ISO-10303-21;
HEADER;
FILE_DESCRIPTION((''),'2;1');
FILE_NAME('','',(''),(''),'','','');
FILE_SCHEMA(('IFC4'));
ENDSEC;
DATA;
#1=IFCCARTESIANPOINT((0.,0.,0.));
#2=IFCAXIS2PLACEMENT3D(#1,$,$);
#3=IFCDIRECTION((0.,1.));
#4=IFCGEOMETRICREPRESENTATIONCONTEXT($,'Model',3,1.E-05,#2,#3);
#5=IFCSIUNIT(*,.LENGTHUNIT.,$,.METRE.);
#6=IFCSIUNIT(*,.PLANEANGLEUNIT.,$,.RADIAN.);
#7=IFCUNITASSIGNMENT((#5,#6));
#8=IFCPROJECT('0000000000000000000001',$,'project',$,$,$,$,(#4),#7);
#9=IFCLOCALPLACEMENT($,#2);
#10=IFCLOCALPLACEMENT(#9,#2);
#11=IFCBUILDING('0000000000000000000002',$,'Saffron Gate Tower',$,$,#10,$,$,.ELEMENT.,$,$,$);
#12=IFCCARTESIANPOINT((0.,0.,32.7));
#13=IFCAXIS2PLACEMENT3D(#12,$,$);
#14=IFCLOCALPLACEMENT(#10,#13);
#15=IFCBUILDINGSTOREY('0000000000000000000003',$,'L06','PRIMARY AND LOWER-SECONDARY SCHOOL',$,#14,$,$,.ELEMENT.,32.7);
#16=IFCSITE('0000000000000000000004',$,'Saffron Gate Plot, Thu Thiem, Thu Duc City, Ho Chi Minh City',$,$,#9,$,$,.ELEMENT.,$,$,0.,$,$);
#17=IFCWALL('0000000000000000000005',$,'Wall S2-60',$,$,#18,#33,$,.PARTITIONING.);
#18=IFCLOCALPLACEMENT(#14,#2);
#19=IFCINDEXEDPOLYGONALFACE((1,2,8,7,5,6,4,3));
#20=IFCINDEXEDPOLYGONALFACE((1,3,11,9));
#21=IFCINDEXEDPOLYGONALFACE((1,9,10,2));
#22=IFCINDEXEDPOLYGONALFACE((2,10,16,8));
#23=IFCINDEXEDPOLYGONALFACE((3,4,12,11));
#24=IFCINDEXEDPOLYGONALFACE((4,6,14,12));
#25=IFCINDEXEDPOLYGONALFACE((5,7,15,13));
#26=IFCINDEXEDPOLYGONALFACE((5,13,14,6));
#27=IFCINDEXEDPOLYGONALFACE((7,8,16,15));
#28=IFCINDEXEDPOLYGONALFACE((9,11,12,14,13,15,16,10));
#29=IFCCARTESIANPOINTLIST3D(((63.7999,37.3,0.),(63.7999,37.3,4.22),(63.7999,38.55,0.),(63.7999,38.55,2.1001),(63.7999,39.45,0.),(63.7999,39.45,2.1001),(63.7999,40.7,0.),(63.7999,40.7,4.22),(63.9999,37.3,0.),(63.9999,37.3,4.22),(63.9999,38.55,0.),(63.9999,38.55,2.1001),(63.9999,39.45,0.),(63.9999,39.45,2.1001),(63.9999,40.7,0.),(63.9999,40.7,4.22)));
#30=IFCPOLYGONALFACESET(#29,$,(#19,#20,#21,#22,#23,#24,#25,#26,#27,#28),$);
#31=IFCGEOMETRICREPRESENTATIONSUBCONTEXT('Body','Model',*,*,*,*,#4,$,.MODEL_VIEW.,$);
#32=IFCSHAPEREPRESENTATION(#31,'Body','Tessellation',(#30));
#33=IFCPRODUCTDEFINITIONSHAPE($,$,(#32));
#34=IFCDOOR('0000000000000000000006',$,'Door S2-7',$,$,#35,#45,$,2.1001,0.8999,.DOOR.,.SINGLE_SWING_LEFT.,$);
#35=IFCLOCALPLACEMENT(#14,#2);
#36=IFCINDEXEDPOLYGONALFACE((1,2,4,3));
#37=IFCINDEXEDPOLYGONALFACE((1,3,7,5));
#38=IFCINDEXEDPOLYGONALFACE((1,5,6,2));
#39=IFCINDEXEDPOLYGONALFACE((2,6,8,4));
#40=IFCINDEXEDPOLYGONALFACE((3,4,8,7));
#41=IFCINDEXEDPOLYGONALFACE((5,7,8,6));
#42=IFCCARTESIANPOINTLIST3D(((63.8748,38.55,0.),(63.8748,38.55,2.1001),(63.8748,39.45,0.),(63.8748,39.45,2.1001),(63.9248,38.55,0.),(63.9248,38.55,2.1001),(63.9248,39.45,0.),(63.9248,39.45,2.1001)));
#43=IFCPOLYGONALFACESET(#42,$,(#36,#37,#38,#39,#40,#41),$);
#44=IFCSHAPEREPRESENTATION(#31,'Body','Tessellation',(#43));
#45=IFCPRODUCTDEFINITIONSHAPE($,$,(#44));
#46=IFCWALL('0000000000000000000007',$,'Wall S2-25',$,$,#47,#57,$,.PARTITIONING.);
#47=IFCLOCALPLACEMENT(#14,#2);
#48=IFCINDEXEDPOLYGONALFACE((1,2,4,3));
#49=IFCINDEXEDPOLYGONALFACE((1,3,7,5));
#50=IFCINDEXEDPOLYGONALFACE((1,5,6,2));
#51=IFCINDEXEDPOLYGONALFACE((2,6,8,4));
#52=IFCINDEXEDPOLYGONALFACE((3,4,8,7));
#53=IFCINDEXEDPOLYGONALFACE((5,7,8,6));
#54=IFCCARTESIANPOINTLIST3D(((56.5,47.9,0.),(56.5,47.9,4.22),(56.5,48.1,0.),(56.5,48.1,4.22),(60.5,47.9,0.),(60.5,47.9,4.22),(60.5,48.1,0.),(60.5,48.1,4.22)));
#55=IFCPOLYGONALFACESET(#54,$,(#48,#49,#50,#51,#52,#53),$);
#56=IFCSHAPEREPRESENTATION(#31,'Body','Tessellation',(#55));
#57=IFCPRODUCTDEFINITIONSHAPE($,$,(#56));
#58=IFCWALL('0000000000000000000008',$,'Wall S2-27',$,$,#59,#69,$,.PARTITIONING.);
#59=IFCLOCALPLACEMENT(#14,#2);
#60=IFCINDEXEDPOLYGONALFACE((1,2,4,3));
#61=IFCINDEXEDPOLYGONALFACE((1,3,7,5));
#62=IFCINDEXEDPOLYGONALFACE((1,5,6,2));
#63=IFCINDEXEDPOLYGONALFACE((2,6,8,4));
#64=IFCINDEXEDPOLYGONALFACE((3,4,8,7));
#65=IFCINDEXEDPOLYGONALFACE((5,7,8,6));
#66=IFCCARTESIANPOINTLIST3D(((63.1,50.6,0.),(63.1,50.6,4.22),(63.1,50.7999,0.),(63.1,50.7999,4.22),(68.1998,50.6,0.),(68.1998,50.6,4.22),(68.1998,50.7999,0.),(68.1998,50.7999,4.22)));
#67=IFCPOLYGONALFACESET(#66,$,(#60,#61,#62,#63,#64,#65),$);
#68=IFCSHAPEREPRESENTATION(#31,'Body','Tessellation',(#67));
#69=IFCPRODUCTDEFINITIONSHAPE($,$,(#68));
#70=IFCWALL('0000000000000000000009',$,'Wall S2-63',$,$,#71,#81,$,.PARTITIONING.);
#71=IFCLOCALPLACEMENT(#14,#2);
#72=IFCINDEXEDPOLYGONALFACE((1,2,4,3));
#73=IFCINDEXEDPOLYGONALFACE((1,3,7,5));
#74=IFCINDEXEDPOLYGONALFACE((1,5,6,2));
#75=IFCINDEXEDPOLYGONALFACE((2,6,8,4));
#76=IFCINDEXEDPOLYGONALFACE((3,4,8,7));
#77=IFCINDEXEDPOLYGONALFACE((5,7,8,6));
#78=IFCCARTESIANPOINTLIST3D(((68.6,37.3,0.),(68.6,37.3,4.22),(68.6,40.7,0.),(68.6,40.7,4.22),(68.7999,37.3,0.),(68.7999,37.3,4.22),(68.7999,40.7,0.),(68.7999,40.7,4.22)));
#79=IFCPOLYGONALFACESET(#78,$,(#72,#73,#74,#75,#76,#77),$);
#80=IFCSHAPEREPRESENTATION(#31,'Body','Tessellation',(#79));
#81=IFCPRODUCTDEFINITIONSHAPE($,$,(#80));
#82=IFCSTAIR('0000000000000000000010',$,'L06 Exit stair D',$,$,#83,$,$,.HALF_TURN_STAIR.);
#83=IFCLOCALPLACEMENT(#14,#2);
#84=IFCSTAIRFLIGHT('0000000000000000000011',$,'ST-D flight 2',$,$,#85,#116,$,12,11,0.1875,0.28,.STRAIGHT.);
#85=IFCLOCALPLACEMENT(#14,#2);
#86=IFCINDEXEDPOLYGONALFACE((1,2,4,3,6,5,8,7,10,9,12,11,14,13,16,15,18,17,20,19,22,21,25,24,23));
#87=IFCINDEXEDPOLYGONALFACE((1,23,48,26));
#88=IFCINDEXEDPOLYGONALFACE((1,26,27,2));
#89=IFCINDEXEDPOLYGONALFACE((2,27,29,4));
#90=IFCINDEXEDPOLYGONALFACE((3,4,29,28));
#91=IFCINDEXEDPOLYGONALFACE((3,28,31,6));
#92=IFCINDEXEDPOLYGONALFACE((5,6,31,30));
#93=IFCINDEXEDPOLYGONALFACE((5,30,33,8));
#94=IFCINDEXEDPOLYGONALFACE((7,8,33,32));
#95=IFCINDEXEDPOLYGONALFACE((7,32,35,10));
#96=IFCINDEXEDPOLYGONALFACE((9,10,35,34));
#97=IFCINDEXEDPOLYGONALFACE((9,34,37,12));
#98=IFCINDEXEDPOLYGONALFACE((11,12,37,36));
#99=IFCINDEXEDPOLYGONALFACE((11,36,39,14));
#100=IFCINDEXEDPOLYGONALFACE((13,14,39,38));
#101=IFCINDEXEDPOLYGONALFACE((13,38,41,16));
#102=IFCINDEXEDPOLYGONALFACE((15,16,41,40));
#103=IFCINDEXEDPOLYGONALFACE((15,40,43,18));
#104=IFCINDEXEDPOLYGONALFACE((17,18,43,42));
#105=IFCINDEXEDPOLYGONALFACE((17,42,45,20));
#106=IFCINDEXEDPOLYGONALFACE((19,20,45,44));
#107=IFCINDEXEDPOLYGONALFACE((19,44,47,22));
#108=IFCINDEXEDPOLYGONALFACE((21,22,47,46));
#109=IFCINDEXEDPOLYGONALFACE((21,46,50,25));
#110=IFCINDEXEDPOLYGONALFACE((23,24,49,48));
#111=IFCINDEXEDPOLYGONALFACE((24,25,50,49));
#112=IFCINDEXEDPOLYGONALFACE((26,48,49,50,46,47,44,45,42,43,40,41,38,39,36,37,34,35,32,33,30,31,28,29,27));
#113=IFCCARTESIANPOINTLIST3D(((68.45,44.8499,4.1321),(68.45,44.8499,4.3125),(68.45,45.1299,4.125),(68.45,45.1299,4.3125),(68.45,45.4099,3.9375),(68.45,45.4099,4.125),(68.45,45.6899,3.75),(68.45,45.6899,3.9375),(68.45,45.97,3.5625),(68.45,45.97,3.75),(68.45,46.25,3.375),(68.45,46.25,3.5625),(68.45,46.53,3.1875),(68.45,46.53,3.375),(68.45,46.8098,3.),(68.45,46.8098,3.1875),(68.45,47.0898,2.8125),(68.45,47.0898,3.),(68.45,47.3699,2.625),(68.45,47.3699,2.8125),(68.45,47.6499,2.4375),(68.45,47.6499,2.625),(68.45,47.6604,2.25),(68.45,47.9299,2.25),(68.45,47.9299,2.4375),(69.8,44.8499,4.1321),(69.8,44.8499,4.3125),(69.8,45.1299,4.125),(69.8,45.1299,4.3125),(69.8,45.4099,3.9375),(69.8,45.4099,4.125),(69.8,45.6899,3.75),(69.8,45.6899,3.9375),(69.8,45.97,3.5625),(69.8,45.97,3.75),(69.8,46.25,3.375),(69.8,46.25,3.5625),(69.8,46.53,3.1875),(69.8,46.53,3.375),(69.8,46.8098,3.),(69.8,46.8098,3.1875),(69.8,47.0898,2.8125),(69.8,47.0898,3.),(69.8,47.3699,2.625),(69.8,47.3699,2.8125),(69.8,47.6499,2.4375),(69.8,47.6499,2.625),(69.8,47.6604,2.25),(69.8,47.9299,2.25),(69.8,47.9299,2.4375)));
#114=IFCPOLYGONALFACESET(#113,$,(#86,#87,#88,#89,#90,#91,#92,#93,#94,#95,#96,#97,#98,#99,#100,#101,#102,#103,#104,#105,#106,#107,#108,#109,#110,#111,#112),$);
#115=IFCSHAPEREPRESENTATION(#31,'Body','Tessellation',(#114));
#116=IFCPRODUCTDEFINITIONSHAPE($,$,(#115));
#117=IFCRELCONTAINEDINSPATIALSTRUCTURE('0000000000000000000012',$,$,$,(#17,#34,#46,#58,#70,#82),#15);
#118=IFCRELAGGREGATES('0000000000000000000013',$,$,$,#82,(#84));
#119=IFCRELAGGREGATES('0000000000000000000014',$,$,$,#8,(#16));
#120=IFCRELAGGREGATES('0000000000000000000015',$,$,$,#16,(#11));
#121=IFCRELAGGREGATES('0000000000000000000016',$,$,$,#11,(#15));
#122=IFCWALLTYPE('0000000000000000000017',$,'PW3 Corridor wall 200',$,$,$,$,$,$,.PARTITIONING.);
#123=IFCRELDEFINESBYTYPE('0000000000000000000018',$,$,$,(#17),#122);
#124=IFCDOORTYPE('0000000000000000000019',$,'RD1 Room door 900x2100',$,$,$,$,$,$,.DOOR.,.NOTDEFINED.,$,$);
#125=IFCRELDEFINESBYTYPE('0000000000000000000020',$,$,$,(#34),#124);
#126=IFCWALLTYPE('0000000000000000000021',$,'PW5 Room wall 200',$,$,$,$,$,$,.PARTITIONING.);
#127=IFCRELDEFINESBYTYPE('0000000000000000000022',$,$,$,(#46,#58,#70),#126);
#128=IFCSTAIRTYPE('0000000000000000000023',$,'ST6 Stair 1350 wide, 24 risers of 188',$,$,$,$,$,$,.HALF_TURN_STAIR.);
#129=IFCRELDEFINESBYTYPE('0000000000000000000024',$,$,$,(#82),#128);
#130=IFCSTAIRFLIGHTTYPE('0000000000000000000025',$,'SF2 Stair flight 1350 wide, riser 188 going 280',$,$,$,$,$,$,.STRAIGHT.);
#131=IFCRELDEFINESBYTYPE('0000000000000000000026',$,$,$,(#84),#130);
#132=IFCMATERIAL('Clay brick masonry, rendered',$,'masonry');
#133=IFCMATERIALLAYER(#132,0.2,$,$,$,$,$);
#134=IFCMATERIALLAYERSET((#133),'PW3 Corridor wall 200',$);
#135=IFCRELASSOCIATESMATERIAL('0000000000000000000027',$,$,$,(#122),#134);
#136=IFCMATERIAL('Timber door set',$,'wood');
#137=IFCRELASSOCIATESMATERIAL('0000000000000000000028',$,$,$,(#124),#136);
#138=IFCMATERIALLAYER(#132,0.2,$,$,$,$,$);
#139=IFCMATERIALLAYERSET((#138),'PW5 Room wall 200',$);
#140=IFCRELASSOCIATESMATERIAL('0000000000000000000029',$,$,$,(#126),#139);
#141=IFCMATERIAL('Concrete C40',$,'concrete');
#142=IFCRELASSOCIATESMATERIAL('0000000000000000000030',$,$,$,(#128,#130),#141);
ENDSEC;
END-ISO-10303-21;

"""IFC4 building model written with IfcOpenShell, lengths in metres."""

from ifc_helpers import new_model, si_unit, direction, frame, frame_2d, origin, place, context, subcontext, project, spatial, polyline, rectangle, outline, extrude, material, layer, layer_set, type_object, element, fill, aggregate, save


model = new_model("IFC4")

# Units and contexts
model_context = context("Model", 3, precision=1e-05, world=origin(), true_north=direction((0.0, 1.0)))
body_context = subcontext(model_context, "Body", "Model", "MODEL_VIEW")
ifc_project = project(units=[si_unit("LENGTHUNIT", "METRE"), si_unit("PLANEANGLEUNIT", "RADIAN")], contexts=[model_context])

# Site, building, storey
site_placement = place(None, origin())
site = spatial("IfcSite", under=ifc_project, at=site_placement, Name="Saffron Gate Plot, Thu Thiem, Thu Duc City, Ho Chi Minh City", CompositionType="ELEMENT", RefElevation=0.0)
building_placement = place(site_placement, origin())
building = spatial("IfcBuilding", under=site, at=building_placement, Name="Saffron Gate Tower", CompositionType="ELEMENT")
storey_placement = place(building_placement, frame((0.0, 0.0, 32.7)))
storey = spatial("IfcBuildingStorey", under=building, at=storey_placement, Name="L06", Description="PRIMARY AND LOWER-SECONDARY SCHOOL", CompositionType="ELEMENT", Elevation=32.7)

# Shared definitions
ifc_material_1 = material(Name="Clay brick masonry, rendered", Category="masonry")
ifc_layer_1 = layer(ifc_material_1, 0.2)
ifc_layer_set_1 = layer_set([ifc_layer_1], Name="PW3 Corridor wall 200")
wall_type_1 = type_object("IfcWallType", Name="PW3 Corridor wall 200", PredefinedType="PARTITIONING", material=ifc_layer_set_1)
ifc_material_2 = material(Name="Timber door set", Category="wood")
door_type_1 = type_object("IfcDoorType", Name="RD1 Room door 900x2100", OperationType="NOTDEFINED", PredefinedType="DOOR", material=ifc_material_2)

# Wall, opening, door
wall_1_placement = place(storey_placement, frame((63.8999, 40.7, 0.0), z_axis=(0.0, 0.0, 1.0), x_axis=(0.0, -1.0, 0.0)))
wall_1 = element("IfcWall", 1, at=wall_1_placement, inside=storey, type_object=wall_type_1, Name="Wall S2-60", PredefinedType="PARTITIONING", context=body_context, shape_type="SweptSolid", body=[
    extrude(rectangle(XDim=3.3999, YDim=0.2, at=frame_2d((1.7, 0.0))), origin(), (0.0, 0.0, 1.0), 4.22),
])
opening_1_placement = place(wall_1_placement, frame((1.25, 0.0, 0.0)))
opening_1 = element("IfcOpeningElement", 2, at=opening_1_placement, cuts=wall_1, PredefinedType="OPENING", context=body_context, shape_type="SweptSolid", body=[
    extrude(rectangle(XDim=0.8999, YDim=2.1001, at=frame_2d((0.45, 1.05))), frame((0.0, 0.1099, 0.0), z_axis=(0.0, -1.0, 0.0), x_axis=(1.0, 0.0, 0.0)), (0.0, 0.0, 1.0), 0.22),
])
door_1_placement = place(opening_1_placement, origin())
door_1 = element("IfcDoor", 3, at=door_1_placement, inside=storey, type_object=door_type_1, Name="Door S2-7", OperationType="SINGLE_SWING_LEFT", OverallHeight=2.1001, OverallWidth=0.8999, PredefinedType="DOOR", context=body_context, shape_type="SweptSolid", body=[
    extrude(rectangle(XDim=0.8999, YDim=2.1001, at=frame_2d((0.45, 1.05))), frame((0.0, 0.0249, 0.0), z_axis=(0.0, -1.0, 0.0), x_axis=(1.0, 0.0, 0.0)), (0.0, 0.0, 1.0), 0.05),
])
fill(opening_1, door_1)

# Walls
ifc_layer_2 = layer(ifc_material_1, 0.2)
ifc_layer_set_2 = layer_set([ifc_layer_2], Name="PW5 Room wall 200")
wall_type_2 = type_object("IfcWallType", Name="PW5 Room wall 200", PredefinedType="PARTITIONING", material=ifc_layer_set_2)
wall_2_placement = place(storey_placement, frame((56.5, 48.0, 0.0), z_axis=(0.0, 0.0, 1.0), x_axis=(1.0, 0.0, 0.0)))
element("IfcWall", 4, at=wall_2_placement, inside=storey, type_object=wall_type_2, Name="Wall S2-25", PredefinedType="PARTITIONING", context=body_context, shape_type="SweptSolid", body=[
    extrude(rectangle(XDim=4.0, YDim=0.2, at=frame_2d((2.0, 0.0))), origin(), (0.0, 0.0, 1.0), 4.22),
])
wall_3_placement = place(storey_placement, frame((63.1001, 50.7, 0.0), z_axis=(0.0, 0.0, 1.0), x_axis=(1.0, 0.0, 0.0)))
element("IfcWall", 5, at=wall_3_placement, inside=storey, type_object=wall_type_2, Name="Wall S2-27", PredefinedType="PARTITIONING", context=body_context, shape_type="SweptSolid", body=[
    extrude(rectangle(XDim=5.0999, YDim=0.2, at=frame_2d((2.5498, 0.0))), origin(), (0.0, 0.0, 1.0), 4.22),
])
wall_4_placement = place(storey_placement, frame((68.7, 40.7, 0.0), z_axis=(0.0, 0.0, 1.0), x_axis=(0.0, -1.0, 0.0)))
element("IfcWall", 6, at=wall_4_placement, inside=storey, type_object=wall_type_2, Name="Wall S2-63", PredefinedType="PARTITIONING", context=body_context, shape_type="SweptSolid", body=[
    extrude(rectangle(XDim=3.3999, YDim=0.2, at=frame_2d((1.7, 0.0))), origin(), (0.0, 0.0, 1.0), 4.22),
])

# Stair, stair flight
ifc_material_3 = material(Name="Concrete C40", Category="concrete")
stair_type = type_object("IfcStairType", Name="ST6 Stair 1350 wide, 24 risers of 188", PredefinedType="HALF_TURN_STAIR", material=ifc_material_3)
stair_placement = place(storey_placement, origin())
stair = element("IfcStair", 7, at=stair_placement, inside=storey, type_object=stair_type, Name="L06 Exit stair D", PredefinedType="HALF_TURN_STAIR")
stair_flight_type = type_object("IfcStairFlightType", Name="SF2 Stair flight 1350 wide, riser 188 going 280", PredefinedType="STRAIGHT", material=ifc_material_3)
stair_flight_placement = place(storey_placement, frame((69.125, 47.9299, 2.25), z_axis=(0.0, 0.0, 1.0), x_axis=(0.0, -1.0, 0.0)))
stair_flight = element("IfcStairFlight", 8, at=stair_flight_placement, type_object=stair_flight_type, Name="ST-D flight 2", NumberOfRisers=12, NumberOfTreads=11, PredefinedType="STRAIGHT", RiserHeight=0.1875, TreadLength=0.28, context=body_context, shape_type="SweptSolid", body=[
    extrude(outline(polyline([(0.0, 0.0), (0.0, 0.1875), (0.28, 0.1875), (0.28, 0.375), (0.5601, 0.375), (0.5601, 0.5625), (0.8401, 0.5625), (0.8401, 0.75), (1.1201, 0.75), (1.1201, 0.9375), (1.3999, 0.9375), (1.3999, 1.125), (1.6799, 1.125), (1.6799, 1.3125), (1.96, 1.3125), (1.96, 1.5), (2.24, 1.5), (2.24, 1.6875), (2.52, 1.6875), (2.52, 1.875), (2.8, 1.875), (2.8, 2.0625), (3.0801, 2.0625), (3.0801, 2.25), (3.0801, 1.8821), (0.2695, 0.0), (0.0, 0.0)])), frame((0.0, 0.675, 0.0), z_axis=(0.0, -1.0, 0.0), x_axis=(1.0, 0.0, 0.0)), (0.0, 0.0, 1.0), 1.3501),
])
aggregate(stair, [stair_flight])

save(model, "model.ifc")
